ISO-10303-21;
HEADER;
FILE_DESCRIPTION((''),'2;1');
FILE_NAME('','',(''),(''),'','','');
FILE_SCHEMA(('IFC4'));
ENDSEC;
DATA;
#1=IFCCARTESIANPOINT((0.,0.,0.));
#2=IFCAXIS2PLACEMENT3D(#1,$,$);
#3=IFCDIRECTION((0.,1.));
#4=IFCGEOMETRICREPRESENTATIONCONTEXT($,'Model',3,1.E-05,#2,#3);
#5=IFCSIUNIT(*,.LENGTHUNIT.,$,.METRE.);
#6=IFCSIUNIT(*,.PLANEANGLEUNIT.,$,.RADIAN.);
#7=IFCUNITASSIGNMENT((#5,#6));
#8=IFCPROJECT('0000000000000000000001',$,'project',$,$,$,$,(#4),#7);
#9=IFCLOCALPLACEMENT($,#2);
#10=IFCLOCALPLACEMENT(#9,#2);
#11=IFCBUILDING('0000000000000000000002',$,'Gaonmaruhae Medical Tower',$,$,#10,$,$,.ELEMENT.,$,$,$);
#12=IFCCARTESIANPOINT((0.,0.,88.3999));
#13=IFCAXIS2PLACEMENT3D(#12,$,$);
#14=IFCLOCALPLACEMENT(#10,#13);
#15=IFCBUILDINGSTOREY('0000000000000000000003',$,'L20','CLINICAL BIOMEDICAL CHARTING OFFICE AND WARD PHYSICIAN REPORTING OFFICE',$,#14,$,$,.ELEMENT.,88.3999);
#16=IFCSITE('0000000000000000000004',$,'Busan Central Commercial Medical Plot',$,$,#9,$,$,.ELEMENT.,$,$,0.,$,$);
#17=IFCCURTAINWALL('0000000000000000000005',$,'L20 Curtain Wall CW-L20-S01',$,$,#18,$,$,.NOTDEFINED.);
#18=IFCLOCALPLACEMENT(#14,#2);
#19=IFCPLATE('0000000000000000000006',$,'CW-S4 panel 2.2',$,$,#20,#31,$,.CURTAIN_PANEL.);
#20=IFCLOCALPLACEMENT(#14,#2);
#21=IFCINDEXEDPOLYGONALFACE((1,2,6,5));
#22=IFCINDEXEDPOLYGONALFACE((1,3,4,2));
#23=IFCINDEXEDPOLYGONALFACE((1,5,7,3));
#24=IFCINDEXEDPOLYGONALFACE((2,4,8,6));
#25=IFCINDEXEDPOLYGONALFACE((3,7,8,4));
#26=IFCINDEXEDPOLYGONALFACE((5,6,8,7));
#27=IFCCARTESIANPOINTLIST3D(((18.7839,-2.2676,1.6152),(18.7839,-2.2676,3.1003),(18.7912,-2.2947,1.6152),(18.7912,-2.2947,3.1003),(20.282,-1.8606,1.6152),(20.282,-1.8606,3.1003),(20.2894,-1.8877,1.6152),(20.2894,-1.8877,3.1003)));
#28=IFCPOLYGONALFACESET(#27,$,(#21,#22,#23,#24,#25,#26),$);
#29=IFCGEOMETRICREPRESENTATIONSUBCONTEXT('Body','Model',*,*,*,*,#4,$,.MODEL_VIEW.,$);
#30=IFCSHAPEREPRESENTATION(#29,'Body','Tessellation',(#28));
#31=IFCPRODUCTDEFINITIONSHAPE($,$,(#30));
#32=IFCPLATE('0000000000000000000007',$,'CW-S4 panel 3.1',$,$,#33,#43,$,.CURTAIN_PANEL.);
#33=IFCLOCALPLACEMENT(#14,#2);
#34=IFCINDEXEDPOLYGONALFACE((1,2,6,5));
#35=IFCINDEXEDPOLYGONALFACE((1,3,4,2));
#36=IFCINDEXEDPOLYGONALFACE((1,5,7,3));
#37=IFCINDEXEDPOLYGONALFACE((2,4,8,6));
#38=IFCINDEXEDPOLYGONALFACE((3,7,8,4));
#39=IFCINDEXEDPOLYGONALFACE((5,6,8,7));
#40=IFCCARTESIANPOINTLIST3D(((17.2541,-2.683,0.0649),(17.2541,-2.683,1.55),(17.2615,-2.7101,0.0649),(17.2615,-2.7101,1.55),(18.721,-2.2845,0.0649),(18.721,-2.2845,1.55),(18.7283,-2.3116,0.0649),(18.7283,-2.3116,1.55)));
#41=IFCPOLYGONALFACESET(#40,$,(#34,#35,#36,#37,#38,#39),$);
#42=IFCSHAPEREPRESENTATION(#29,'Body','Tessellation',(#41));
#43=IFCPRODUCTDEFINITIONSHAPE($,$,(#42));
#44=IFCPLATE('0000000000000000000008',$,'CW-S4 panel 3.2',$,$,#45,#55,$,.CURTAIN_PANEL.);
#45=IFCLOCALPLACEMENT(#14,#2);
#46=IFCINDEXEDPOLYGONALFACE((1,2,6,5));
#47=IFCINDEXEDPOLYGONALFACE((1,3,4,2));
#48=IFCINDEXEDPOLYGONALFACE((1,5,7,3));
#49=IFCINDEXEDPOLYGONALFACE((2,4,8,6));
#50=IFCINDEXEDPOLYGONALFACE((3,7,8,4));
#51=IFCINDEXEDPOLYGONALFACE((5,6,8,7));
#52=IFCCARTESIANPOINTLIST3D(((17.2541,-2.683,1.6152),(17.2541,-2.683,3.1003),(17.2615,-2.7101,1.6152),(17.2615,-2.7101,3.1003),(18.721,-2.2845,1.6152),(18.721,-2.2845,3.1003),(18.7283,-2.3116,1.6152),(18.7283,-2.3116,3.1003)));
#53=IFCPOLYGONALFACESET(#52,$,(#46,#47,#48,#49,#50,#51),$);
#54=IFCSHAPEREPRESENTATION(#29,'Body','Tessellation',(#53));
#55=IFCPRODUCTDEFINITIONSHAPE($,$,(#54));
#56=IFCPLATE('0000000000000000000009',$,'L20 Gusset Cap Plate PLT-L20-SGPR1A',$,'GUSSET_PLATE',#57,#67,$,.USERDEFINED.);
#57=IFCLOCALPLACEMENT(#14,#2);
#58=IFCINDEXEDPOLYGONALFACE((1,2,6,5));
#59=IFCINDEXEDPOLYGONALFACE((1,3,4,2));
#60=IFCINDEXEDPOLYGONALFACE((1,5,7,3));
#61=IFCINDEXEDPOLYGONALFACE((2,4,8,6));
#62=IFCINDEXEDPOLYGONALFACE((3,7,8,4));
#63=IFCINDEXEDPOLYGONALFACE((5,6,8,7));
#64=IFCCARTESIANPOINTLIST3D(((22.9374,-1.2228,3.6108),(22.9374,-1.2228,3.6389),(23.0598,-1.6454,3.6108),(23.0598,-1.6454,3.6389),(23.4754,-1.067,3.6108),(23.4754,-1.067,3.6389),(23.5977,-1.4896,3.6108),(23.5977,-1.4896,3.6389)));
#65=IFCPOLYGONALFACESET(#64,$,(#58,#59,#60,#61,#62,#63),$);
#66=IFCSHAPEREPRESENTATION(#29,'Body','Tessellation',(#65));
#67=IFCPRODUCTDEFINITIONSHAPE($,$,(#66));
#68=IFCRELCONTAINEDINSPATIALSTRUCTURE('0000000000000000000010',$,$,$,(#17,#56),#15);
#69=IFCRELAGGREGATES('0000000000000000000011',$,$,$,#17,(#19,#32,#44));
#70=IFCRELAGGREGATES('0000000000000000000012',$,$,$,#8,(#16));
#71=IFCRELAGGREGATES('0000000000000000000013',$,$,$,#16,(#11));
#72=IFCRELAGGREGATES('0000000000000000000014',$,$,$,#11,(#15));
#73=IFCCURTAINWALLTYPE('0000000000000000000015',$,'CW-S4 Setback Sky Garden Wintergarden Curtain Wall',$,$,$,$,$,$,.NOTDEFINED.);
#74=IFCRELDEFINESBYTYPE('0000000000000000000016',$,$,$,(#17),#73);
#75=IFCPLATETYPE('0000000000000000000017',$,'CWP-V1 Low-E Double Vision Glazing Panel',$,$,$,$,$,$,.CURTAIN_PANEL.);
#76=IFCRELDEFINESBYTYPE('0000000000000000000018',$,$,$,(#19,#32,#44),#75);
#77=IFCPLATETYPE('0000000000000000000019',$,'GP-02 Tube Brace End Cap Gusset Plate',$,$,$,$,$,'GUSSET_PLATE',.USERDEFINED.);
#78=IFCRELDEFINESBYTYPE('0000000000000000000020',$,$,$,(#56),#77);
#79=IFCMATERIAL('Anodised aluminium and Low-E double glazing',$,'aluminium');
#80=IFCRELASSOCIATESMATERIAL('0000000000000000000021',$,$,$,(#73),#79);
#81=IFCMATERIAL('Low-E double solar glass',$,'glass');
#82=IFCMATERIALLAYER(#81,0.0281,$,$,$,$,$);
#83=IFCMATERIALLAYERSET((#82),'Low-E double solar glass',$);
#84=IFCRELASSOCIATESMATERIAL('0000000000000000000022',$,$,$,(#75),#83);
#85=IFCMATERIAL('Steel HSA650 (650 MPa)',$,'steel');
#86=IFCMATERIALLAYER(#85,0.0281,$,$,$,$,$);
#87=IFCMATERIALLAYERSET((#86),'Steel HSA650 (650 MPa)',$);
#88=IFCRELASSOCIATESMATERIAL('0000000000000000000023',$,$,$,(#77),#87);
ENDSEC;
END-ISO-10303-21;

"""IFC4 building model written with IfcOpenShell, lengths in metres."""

from ifc_helpers import new_model, si_unit, direction, frame, origin, origin_2d, place, context, subcontext, project, spatial, rectangle, extrude, material, layer, layer_set, type_object, element, aggregate, save


model = new_model("IFC4")

# Units and contexts
model_context = context("Model", 3, precision=1e-05, world=origin(), true_north=direction((0.0, 1.0)))
body_context = subcontext(model_context, "Body", "Model", "MODEL_VIEW")
ifc_project = project(units=[si_unit("LENGTHUNIT", "METRE"), si_unit("PLANEANGLEUNIT", "RADIAN")], contexts=[model_context])

# Site, building, storey
site_placement = place(None, origin())
site = spatial("IfcSite", under=ifc_project, at=site_placement, Name="Busan Central Commercial Medical Plot", CompositionType="ELEMENT", RefElevation=0.0)
building_placement = place(site_placement, origin())
building = spatial("IfcBuilding", under=site, at=building_placement, Name="Gaonmaruhae Medical Tower", CompositionType="ELEMENT")
storey_placement = place(building_placement, frame((0.0, 0.0, 88.3999)))
storey = spatial("IfcBuildingStorey", under=building, at=storey_placement, Name="L20", Description="CLINICAL BIOMEDICAL CHARTING OFFICE AND WARD PHYSICIAN REPORTING OFFICE", CompositionType="ELEMENT", Elevation=88.3999)

# Curtain wall
ifc_material_1 = material(Name="Anodised aluminium and Low-E double glazing", Category="aluminium")
curtain_wall_type = type_object("IfcCurtainWallType", Name="CW-S4 Setback Sky Garden Wintergarden Curtain Wall", PredefinedType="NOTDEFINED", material=ifc_material_1)
curtain_wall_placement = place(storey_placement, origin())
curtain_wall = element("IfcCurtainWall", 1, at=curtain_wall_placement, inside=storey, type_object=curtain_wall_type, Name="L20 Curtain Wall CW-L20-S01", PredefinedType="NOTDEFINED")

# Plates
ifc_material_2 = material(Name="Low-E double solar glass", Category="glass")
ifc_layer_1 = layer(ifc_material_2, 0.0281)
ifc_layer_set_1 = layer_set([ifc_layer_1], Name="Low-E double solar glass")
plate_type_1 = type_object("IfcPlateType", Name="CWP-V1 Low-E Double Vision Glazing Panel", PredefinedType="CURTAIN_PANEL", material=ifc_layer_set_1)
plate_1_placement = place(storey_placement, frame((19.5366, -2.0776, 1.6152), z_axis=(0.0, 0.0, 1.0), x_axis=(-0.965017, -0.262186, 0.0)))
plate_1 = element("IfcPlate", 2, at=plate_1_placement, type_object=plate_type_1, Name="CW-S4 panel 2.2", PredefinedType="CURTAIN_PANEL", context=body_context, shape_type="SweptSolid", body=[
    extrude(rectangle(XDim=1.5525, YDim=0.0281, at=origin_2d()), origin(), (0.0, 0.0, 1.0), 1.4851),
])
plate_2_placement = place(storey_placement, frame((17.9912, -2.4973, 0.0649), z_axis=(0.0, 0.0, 1.0), x_axis=(-0.965017, -0.262186, 0.0)))
plate_2 = element("IfcPlate", 3, at=plate_2_placement, type_object=plate_type_1, Name="CW-S4 panel 3.1", PredefinedType="CURTAIN_PANEL", context=body_context, shape_type="SweptSolid", body=[
    extrude(rectangle(XDim=1.52, YDim=0.0281, at=origin_2d()), origin(), (0.0, 0.0, 1.0), 1.4851),
])
plate_3_placement = place(storey_placement, frame((17.9912, -2.4973, 1.6152), z_axis=(0.0, 0.0, 1.0), x_axis=(-0.965017, -0.262186, 0.0)))
plate_3 = element("IfcPlate", 4, at=plate_3_placement, type_object=plate_type_1, Name="CW-S4 panel 3.2", PredefinedType="CURTAIN_PANEL", context=body_context, shape_type="SweptSolid", body=[
    extrude(rectangle(XDim=1.52, YDim=0.0281, at=origin_2d()), origin(), (0.0, 0.0, 1.0), 1.4851),
])
aggregate(curtain_wall, [plate_1, plate_2, plate_3])
ifc_material_3 = material(Name="Steel HSA650 (650 MPa)", Category="steel")
ifc_layer_2 = layer(ifc_material_3, 0.0281)
ifc_layer_set_2 = layer_set([ifc_layer_2], Name="Steel HSA650 (650 MPa)")
plate_type_2 = type_object("IfcPlateType", Name="GP-02 Tube Brace End Cap Gusset Plate", ElementType="GUSSET_PLATE", PredefinedType="USERDEFINED", material=ifc_layer_set_2)
plate_4_placement = place(storey_placement, frame((23.2676, -1.3562, 3.6108), z_axis=(0.0, 0.0, 1.0), x_axis=(0.960537, 0.278153, 0.0)))
element("IfcPlate", 5, at=plate_4_placement, inside=storey, type_object=plate_type_2, Name="L20 Gusset Cap Plate PLT-L20-SGPR1A", ObjectType="GUSSET_PLATE", PredefinedType="USERDEFINED", context=body_context, shape_type="SweptSolid", body=[
    extrude(rectangle(XDim=0.5601, YDim=0.4399, at=origin_2d()), origin(), (0.0, 0.0, 1.0), 0.0281),
])

save(model, "model.ifc")
